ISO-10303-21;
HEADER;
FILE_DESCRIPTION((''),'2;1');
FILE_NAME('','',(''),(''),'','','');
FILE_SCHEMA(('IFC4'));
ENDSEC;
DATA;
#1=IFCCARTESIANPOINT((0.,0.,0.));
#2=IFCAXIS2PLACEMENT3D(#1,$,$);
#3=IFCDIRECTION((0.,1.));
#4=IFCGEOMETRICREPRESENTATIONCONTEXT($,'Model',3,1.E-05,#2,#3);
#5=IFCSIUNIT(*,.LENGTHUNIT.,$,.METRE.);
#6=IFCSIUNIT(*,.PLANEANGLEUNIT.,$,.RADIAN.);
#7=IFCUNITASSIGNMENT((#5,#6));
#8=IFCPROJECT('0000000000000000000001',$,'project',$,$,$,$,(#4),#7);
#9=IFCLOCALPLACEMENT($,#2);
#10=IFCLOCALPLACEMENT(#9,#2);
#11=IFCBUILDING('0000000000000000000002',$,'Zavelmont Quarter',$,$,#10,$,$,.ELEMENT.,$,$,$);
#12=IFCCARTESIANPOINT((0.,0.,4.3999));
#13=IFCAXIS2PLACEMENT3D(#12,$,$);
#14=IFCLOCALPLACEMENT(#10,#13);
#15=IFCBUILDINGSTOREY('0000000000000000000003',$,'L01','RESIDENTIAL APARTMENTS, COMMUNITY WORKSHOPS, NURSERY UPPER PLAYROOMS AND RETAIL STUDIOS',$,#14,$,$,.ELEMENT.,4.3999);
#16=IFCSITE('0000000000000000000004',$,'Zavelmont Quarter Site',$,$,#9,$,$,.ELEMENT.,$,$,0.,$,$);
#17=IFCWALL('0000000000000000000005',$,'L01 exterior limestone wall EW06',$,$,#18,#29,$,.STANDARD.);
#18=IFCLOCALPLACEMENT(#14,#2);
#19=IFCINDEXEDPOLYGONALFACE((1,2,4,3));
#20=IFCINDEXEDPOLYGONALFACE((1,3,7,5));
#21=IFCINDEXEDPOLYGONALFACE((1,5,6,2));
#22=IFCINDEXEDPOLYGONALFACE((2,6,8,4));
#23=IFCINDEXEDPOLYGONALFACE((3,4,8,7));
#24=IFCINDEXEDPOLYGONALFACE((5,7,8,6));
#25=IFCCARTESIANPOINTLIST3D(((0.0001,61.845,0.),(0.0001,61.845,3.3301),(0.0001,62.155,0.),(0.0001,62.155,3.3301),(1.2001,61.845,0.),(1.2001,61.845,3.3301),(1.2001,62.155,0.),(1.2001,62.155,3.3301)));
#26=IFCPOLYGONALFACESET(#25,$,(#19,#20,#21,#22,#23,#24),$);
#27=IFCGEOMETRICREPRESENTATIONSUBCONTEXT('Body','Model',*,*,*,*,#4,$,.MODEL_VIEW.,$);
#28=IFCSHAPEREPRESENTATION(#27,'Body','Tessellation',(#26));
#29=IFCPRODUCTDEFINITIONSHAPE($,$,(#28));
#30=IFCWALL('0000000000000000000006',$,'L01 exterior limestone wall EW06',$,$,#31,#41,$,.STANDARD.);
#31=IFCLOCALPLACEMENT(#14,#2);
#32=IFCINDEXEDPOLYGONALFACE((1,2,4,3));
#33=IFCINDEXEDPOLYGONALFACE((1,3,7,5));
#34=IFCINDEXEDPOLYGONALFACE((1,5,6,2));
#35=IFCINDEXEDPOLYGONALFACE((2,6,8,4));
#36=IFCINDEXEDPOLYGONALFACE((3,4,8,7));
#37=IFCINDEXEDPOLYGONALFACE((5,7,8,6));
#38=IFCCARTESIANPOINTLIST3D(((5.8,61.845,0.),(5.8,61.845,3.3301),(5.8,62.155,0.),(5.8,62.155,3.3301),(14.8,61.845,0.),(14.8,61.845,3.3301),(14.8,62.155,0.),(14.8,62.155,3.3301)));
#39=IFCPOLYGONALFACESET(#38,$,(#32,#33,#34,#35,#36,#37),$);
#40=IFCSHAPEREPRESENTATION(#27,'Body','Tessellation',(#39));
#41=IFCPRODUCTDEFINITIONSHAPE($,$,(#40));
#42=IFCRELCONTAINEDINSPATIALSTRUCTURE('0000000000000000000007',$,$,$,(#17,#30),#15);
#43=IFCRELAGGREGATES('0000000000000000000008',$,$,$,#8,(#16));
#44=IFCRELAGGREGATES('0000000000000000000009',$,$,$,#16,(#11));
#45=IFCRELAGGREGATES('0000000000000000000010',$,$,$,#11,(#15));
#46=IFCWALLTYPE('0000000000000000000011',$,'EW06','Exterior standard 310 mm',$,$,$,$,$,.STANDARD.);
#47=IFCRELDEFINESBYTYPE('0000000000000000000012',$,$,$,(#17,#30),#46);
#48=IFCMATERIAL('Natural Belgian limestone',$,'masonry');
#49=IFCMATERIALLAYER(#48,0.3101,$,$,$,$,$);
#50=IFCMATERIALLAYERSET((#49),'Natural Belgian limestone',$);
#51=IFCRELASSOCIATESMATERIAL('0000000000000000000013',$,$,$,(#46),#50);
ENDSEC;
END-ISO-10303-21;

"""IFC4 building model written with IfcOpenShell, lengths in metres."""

from ifc_helpers import new_model, si_unit, direction, frame, frame_2d, origin, place, context, subcontext, project, spatial, rectangle, extrude, material, layer, layer_set, type_object, element, save


model = new_model("IFC4")

# Units and contexts
model_context = context("Model", 3, precision=1e-05, world=origin(), true_north=direction((0.0, 1.0)))
body_context = subcontext(model_context, "Body", "Model", "MODEL_VIEW")
ifc_project = project(units=[si_unit("LENGTHUNIT", "METRE"), si_unit("PLANEANGLEUNIT", "RADIAN")], contexts=[model_context])

# Site, building, storey
site_placement = place(None, origin())
site = spatial("IfcSite", under=ifc_project, at=site_placement, Name="Zavelmont Quarter Site", CompositionType="ELEMENT", RefElevation=0.0)
building_placement = place(site_placement, origin())
building = spatial("IfcBuilding", under=site, at=building_placement, Name="Zavelmont Quarter", CompositionType="ELEMENT")
storey_placement = place(building_placement, frame((0.0, 0.0, 4.3999)))
storey = spatial("IfcBuildingStorey", under=building, at=storey_placement, Name="L01", Description="RESIDENTIAL APARTMENTS, COMMUNITY WORKSHOPS, NURSERY UPPER PLAYROOMS AND RETAIL STUDIOS", CompositionType="ELEMENT", Elevation=4.3999)

# Walls
ifc_material_1 = material(Name="Natural Belgian limestone", Category="masonry")
ifc_layer_1 = layer(ifc_material_1, 0.3101)
ifc_layer_set_1 = layer_set([ifc_layer_1], Name="Natural Belgian limestone")
wall_type = type_object("IfcWallType", Name="EW06", Description="Exterior standard 310 mm", PredefinedType="STANDARD", material=ifc_layer_set_1)
for number, where, z_axis, x_axis, name in (
    (1, (0.0, 62.0, 0.0), (0.0, 0.0, 1.0), (1.0, 0.0, 0.0), "L01 exterior limestone wall EW06"),
):
    element("IfcWall", number, at=place(storey_placement, frame(where, z_axis=z_axis, x_axis=x_axis)), inside=storey, type_object=wall_type, Name=name, PredefinedType="STANDARD", context=body_context, shape_type="SweptSolid", body=[
        extrude(rectangle(XDim=1.2, YDim=0.3101, at=frame_2d((0.6001, 0.0))), origin(), (0.0, 0.0, 1.0), 3.3301),
    ])
wall_placement = place(storey_placement, frame((5.8, 62.0, 0.0), z_axis=(0.0, 0.0, 1.0), x_axis=(1.0, 0.0, 0.0)))
element("IfcWall", 2, at=wall_placement, inside=storey, type_object=wall_type, Name="L01 exterior limestone wall EW06", PredefinedType="STANDARD", context=body_context, shape_type="SweptSolid", body=[
    extrude(rectangle(XDim=9.0, YDim=0.3101, at=frame_2d((4.5, 0.0))), origin(), (0.0, 0.0, 1.0), 3.3301),
])

save(model, "model.ifc")
